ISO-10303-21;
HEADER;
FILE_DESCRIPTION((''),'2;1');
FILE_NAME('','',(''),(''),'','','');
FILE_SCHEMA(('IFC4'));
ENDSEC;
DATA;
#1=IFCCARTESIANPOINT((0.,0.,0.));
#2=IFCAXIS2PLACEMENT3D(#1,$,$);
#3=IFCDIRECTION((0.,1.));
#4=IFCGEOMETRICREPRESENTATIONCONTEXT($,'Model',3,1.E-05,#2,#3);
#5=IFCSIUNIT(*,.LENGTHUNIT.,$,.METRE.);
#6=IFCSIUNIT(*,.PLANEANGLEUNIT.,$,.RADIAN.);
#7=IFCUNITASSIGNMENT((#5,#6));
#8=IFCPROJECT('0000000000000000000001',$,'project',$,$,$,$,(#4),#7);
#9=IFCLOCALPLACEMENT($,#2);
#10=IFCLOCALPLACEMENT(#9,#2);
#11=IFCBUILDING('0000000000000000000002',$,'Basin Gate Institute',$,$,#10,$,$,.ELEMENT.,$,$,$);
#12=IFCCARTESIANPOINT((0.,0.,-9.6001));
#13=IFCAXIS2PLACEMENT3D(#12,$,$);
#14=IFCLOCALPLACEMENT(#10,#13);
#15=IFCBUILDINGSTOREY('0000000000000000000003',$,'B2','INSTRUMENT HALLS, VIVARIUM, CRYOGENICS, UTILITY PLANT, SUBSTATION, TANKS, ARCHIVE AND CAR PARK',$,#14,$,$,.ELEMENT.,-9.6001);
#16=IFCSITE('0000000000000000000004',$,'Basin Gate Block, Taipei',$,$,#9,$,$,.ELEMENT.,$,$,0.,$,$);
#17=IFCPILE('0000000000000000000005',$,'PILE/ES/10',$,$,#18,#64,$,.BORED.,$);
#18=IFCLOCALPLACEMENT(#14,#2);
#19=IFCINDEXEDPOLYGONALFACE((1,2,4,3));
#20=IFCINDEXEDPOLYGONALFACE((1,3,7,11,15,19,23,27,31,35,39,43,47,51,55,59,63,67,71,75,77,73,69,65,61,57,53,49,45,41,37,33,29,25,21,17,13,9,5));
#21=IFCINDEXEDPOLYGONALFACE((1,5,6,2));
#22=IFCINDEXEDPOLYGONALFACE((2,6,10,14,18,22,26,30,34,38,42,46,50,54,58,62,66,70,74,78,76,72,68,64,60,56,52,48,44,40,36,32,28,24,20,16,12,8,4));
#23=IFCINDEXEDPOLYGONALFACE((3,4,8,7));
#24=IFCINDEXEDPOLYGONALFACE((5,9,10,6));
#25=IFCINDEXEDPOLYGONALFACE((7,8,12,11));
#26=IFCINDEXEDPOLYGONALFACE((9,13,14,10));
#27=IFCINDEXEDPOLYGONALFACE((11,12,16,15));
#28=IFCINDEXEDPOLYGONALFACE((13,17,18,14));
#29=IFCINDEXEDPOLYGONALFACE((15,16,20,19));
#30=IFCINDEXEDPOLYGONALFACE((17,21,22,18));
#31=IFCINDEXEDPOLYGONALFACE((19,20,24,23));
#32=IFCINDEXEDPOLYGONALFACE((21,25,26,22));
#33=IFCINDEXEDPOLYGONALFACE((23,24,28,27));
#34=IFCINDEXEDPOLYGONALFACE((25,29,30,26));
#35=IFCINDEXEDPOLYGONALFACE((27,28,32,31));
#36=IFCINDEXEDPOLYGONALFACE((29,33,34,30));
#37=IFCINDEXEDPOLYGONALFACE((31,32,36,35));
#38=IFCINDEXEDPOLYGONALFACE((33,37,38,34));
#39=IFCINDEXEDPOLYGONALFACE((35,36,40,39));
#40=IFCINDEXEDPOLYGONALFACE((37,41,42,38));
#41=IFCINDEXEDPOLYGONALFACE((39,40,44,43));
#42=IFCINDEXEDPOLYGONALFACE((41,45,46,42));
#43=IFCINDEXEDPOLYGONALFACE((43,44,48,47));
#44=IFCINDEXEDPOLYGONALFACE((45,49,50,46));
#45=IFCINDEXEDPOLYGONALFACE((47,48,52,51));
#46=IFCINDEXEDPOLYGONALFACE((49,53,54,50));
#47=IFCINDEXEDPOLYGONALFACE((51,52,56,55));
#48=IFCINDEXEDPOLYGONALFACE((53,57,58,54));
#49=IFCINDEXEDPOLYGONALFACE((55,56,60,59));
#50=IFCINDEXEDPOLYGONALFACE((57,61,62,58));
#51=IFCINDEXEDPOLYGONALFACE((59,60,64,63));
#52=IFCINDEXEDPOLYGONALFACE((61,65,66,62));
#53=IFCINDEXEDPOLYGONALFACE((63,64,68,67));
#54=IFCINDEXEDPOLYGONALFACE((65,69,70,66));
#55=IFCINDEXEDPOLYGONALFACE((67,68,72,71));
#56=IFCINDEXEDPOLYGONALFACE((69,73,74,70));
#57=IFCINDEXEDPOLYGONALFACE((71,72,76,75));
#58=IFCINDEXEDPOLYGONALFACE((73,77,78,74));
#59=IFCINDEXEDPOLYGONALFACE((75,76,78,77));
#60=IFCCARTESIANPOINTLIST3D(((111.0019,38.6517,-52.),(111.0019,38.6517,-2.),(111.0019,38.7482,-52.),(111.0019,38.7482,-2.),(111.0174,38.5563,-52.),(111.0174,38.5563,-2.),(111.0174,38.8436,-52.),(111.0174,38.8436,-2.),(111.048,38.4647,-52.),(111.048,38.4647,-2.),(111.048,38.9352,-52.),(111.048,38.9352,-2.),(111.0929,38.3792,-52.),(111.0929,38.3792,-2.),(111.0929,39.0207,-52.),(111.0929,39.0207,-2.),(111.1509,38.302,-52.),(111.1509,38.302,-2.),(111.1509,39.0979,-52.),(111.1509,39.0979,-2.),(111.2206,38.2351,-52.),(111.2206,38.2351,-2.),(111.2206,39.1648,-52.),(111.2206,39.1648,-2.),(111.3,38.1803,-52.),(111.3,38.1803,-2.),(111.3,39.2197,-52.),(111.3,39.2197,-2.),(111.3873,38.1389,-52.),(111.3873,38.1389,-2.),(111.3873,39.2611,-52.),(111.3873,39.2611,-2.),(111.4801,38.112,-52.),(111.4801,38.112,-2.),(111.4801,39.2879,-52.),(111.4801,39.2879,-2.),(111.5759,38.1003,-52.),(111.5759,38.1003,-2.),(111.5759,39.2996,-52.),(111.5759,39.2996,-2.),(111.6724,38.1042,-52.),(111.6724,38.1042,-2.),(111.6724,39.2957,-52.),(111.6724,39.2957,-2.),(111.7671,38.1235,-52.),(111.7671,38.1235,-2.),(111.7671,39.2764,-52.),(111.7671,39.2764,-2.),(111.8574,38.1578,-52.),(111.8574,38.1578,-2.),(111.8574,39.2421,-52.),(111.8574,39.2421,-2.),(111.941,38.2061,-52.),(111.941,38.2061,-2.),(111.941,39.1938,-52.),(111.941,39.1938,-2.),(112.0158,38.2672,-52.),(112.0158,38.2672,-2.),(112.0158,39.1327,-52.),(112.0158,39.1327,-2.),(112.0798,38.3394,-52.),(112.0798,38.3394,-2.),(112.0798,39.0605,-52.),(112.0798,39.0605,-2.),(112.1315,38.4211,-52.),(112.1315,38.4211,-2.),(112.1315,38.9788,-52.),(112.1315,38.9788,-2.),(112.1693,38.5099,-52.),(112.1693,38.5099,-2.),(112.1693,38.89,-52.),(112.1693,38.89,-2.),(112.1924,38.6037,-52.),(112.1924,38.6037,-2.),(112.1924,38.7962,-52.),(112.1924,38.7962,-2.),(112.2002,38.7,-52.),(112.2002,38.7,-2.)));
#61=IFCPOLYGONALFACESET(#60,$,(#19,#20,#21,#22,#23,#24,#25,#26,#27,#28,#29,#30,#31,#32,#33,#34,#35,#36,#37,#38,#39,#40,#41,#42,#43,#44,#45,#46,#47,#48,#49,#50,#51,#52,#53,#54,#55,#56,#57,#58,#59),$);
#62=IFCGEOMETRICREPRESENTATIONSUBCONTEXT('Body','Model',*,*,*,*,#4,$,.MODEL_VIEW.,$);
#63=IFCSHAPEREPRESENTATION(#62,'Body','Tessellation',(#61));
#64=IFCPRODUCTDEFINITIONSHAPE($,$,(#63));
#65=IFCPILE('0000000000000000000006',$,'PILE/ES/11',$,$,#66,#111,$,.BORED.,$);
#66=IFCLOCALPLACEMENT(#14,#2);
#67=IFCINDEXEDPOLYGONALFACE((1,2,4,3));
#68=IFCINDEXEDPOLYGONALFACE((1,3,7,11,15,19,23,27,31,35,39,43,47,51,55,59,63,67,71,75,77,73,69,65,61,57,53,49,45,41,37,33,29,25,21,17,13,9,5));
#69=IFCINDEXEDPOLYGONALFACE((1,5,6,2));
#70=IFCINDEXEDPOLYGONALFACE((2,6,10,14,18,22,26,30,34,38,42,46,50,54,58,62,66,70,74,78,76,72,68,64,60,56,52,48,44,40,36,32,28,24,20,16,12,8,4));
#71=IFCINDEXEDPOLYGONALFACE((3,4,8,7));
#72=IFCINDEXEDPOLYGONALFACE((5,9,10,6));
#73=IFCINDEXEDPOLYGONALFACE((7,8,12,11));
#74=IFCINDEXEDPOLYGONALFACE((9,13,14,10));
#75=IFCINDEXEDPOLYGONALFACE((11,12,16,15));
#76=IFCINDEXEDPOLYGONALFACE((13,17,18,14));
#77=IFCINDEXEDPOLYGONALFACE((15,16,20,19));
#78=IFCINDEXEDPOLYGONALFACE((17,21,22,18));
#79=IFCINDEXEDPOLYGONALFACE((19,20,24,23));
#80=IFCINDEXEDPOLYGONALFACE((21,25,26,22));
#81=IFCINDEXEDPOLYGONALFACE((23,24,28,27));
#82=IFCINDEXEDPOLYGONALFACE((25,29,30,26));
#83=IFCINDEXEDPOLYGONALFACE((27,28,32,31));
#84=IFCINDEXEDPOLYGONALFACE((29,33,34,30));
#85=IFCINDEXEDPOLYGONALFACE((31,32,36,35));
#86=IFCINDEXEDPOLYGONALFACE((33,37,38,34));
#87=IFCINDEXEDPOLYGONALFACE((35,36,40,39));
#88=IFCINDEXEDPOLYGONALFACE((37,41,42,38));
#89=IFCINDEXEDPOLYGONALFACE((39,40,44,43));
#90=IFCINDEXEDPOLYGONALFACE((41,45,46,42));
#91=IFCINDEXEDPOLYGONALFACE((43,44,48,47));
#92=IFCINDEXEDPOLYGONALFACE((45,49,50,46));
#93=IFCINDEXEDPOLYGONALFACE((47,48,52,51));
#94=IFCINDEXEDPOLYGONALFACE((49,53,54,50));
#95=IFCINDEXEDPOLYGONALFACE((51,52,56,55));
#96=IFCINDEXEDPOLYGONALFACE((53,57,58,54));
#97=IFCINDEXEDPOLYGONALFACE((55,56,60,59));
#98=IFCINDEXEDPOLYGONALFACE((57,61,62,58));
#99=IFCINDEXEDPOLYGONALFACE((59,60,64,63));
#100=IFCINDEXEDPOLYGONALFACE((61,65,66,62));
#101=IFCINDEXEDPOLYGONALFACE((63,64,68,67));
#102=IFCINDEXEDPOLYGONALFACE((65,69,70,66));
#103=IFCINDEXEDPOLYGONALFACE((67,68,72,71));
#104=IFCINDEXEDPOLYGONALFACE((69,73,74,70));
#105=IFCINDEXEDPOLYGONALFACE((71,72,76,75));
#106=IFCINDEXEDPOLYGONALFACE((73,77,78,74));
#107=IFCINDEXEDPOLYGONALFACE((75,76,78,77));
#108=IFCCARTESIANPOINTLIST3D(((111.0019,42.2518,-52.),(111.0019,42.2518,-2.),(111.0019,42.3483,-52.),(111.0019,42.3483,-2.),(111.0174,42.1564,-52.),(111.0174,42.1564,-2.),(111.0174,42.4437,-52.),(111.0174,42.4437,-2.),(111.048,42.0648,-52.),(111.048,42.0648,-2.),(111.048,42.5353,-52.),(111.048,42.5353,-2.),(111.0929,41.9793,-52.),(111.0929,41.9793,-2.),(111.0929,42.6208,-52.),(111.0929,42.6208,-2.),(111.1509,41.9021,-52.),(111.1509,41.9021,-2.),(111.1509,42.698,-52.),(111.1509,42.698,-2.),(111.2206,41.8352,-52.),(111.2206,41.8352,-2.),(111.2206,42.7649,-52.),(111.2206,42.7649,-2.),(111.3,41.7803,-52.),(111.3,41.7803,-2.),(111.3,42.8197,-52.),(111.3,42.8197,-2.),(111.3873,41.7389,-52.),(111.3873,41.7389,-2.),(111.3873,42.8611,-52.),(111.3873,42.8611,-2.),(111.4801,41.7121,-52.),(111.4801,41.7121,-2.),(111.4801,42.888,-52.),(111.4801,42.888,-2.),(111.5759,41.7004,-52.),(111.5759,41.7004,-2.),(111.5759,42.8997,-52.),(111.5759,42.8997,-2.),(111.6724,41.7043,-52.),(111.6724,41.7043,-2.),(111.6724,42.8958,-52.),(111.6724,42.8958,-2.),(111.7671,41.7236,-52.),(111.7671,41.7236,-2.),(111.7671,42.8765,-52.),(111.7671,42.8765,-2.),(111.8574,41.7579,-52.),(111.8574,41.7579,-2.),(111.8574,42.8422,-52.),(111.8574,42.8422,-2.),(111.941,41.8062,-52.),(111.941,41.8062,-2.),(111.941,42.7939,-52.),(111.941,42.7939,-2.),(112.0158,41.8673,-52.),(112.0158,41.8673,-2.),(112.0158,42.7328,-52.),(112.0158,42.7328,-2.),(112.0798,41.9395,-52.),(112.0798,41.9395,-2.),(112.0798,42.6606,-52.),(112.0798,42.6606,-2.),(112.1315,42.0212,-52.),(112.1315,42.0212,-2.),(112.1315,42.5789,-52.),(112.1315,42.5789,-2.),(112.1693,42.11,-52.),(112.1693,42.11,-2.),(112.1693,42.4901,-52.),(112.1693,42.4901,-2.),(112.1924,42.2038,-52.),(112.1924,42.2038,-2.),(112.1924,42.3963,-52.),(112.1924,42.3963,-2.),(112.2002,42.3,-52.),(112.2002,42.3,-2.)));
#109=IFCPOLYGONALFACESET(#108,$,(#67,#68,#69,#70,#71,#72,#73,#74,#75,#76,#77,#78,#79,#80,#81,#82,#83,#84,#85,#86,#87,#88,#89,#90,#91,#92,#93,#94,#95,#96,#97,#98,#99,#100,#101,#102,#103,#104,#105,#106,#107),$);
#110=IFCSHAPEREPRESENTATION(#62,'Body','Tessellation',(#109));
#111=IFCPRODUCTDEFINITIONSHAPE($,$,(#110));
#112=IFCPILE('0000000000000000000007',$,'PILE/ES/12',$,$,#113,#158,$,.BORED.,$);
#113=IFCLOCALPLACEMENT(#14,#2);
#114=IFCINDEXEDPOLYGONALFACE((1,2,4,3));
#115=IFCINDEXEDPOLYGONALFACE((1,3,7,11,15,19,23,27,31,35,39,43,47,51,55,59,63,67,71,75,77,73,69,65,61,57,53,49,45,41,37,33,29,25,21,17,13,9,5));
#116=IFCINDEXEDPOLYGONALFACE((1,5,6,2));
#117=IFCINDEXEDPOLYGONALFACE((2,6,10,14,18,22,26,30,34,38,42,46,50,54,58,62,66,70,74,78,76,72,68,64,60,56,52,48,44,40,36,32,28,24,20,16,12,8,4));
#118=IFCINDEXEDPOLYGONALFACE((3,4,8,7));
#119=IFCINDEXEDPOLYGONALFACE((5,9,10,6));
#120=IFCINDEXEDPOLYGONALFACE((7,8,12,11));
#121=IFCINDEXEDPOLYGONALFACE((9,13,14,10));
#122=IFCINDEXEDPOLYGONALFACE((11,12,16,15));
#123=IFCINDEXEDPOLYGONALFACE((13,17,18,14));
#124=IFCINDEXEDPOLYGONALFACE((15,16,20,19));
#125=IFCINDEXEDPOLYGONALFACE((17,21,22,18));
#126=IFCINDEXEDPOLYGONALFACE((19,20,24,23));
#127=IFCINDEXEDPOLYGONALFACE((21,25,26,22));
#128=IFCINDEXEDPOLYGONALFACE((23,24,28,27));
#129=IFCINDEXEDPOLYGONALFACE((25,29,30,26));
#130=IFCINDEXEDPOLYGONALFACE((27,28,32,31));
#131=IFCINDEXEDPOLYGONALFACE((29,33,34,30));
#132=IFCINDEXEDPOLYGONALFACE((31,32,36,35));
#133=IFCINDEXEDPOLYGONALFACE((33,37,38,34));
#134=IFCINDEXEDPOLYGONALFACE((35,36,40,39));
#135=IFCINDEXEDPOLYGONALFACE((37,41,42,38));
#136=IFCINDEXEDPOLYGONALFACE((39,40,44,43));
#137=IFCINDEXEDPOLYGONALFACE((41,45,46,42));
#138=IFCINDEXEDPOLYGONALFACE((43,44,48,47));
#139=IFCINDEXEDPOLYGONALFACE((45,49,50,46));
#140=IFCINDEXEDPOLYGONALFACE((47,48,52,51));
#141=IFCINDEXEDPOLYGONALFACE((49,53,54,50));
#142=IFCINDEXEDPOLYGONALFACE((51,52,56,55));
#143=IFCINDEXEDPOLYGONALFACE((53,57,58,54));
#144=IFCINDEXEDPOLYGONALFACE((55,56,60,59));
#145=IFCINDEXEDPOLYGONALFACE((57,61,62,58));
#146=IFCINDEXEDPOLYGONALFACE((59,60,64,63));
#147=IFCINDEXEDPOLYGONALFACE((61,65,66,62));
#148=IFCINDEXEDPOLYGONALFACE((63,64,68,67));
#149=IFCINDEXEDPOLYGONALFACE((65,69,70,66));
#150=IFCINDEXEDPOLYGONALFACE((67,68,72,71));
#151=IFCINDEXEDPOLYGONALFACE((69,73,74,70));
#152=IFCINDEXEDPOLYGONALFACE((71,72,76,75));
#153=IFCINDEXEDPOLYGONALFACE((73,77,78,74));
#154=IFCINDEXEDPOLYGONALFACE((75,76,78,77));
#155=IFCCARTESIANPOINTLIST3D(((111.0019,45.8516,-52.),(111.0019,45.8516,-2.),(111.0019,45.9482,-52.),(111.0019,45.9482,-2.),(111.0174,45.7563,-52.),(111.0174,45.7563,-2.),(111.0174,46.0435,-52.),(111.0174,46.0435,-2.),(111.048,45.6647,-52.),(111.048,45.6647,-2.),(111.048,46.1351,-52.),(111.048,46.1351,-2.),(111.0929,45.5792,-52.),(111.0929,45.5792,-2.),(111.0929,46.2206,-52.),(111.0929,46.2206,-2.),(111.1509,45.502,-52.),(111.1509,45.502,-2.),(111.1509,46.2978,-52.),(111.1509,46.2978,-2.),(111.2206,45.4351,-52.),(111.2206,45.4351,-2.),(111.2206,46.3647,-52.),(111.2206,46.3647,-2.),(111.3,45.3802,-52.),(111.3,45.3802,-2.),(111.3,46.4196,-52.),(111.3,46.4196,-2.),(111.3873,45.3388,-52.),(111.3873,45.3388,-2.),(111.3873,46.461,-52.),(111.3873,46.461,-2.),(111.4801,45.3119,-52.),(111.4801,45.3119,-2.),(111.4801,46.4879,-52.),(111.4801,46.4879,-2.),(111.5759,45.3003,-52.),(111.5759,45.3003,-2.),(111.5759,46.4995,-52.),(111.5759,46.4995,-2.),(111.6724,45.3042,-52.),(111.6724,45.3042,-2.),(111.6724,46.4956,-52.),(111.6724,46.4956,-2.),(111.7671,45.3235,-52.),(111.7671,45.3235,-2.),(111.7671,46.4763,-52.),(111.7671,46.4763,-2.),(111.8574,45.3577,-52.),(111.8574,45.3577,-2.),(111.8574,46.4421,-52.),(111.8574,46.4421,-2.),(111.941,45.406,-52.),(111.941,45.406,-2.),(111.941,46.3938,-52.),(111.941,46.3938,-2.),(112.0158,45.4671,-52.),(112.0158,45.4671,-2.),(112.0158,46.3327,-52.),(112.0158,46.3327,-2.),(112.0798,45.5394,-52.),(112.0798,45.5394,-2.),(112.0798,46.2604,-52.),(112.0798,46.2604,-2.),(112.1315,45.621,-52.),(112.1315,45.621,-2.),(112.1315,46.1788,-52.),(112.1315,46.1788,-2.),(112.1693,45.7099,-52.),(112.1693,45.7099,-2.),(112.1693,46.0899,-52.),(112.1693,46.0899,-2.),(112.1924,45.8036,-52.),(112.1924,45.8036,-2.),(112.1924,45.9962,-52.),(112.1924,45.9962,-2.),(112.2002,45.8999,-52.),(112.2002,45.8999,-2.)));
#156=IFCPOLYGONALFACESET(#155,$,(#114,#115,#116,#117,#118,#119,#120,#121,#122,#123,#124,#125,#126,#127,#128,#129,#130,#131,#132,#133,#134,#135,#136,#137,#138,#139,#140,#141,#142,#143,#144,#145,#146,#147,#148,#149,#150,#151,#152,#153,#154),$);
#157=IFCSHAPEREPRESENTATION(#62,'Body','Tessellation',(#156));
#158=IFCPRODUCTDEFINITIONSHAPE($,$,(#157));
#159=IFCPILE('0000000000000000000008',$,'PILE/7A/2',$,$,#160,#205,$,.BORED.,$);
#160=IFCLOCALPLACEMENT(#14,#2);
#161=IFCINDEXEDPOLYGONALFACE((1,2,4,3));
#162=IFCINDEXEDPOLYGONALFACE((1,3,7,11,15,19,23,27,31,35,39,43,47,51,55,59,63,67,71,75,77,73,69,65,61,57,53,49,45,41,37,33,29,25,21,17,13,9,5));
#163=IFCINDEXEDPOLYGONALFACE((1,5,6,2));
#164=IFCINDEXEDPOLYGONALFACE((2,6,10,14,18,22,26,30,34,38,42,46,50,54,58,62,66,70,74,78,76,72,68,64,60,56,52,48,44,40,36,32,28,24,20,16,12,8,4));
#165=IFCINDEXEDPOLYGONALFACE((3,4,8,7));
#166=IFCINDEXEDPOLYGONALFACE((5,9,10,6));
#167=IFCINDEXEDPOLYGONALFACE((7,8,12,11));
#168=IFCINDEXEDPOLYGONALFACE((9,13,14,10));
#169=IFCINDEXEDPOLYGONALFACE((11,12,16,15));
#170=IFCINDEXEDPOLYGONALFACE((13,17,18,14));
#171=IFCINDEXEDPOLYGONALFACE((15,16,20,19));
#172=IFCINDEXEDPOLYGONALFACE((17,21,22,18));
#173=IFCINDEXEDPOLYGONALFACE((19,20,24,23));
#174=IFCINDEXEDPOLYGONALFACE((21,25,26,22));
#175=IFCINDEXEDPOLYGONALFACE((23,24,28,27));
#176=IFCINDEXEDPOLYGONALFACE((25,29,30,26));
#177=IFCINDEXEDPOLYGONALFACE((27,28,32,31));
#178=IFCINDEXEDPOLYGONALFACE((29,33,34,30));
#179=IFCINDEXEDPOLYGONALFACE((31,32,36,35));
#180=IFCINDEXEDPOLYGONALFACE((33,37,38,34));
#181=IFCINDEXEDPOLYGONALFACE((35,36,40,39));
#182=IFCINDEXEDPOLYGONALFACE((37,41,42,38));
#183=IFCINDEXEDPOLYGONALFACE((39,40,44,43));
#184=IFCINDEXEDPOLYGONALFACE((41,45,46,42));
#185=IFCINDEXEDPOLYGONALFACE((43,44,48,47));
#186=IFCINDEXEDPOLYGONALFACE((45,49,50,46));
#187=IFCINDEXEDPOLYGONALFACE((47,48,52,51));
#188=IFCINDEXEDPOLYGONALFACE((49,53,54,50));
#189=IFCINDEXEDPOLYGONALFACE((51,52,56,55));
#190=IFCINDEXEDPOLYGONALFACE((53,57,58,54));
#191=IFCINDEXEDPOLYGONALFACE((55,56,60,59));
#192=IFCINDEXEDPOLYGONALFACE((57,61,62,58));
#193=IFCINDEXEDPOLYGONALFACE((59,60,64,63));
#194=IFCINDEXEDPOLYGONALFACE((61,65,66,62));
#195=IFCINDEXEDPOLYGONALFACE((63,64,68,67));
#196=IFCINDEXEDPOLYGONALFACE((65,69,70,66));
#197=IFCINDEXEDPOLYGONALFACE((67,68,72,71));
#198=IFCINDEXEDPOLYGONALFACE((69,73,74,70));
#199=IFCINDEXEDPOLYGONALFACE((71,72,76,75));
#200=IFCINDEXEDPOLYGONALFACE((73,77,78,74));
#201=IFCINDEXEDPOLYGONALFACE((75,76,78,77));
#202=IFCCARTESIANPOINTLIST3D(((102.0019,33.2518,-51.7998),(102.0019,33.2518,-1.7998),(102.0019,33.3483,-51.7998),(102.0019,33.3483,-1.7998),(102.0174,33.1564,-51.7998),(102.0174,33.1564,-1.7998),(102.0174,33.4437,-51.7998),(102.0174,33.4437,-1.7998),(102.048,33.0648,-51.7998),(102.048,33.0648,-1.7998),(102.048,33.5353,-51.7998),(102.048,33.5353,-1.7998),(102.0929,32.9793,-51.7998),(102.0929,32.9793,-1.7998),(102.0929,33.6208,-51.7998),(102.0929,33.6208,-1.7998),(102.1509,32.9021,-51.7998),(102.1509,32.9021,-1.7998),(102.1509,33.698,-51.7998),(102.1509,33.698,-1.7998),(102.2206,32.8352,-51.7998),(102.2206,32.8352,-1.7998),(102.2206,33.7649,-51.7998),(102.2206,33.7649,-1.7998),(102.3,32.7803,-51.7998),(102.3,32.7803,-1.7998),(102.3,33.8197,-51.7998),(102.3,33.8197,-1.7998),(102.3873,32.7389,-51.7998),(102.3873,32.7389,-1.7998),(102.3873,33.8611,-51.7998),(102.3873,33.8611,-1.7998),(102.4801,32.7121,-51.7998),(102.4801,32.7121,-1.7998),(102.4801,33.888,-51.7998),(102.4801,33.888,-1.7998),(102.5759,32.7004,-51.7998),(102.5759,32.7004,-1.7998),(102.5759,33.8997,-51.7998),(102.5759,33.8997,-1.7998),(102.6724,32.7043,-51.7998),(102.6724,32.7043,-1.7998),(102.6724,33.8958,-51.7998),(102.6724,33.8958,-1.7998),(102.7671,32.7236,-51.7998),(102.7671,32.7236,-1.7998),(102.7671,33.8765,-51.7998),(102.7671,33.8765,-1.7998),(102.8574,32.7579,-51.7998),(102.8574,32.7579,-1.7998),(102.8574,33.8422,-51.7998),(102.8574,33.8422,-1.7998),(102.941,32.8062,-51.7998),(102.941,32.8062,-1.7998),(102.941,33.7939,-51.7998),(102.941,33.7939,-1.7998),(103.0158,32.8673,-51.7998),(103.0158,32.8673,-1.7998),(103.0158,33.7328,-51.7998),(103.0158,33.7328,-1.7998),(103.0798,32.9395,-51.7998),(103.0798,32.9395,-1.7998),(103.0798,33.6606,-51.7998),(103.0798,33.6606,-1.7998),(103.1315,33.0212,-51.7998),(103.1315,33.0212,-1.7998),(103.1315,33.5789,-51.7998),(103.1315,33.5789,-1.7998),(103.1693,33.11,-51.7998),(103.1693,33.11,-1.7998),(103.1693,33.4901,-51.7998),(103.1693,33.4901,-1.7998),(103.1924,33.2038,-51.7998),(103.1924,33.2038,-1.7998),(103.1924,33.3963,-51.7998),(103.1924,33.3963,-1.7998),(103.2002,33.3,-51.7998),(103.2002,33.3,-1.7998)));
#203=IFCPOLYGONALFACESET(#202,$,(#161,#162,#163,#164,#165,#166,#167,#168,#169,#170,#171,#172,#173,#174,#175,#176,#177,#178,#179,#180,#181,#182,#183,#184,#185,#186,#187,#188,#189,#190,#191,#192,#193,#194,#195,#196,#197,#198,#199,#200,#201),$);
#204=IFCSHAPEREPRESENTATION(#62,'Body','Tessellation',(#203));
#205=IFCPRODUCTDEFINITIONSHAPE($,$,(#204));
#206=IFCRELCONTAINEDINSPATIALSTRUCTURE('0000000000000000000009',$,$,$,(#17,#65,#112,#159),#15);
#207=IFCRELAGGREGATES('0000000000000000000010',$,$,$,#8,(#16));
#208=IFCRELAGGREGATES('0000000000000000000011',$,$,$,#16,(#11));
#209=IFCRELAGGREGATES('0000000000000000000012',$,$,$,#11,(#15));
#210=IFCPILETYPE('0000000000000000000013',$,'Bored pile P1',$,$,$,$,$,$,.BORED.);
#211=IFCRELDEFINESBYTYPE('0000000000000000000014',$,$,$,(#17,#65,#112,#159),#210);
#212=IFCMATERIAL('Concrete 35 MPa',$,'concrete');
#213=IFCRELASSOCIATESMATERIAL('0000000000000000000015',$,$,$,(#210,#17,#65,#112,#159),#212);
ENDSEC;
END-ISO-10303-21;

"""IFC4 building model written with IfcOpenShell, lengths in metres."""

from ifc_helpers import new_model, si_unit, direction, frame, origin, origin_2d, place, context, subcontext, project, spatial, circle, extrude, material, material_profile, profile_set, type_object, element, save


model = new_model("IFC4")

# Units and contexts
model_context = context("Model", 3, precision=1e-05, world=origin(), true_north=direction((0.0, 1.0)))
body_context = subcontext(model_context, "Body", "Model", "MODEL_VIEW")
ifc_project = project(units=[si_unit("LENGTHUNIT", "METRE"), si_unit("PLANEANGLEUNIT", "RADIAN")], contexts=[model_context])

# Site, building, storey
site_placement = place(None, origin())
site = spatial("IfcSite", under=ifc_project, at=site_placement, Name="Basin Gate Block, Taipei", CompositionType="ELEMENT", RefElevation=0.0)
building_placement = place(site_placement, origin())
building = spatial("IfcBuilding", under=site, at=building_placement, Name="Basin Gate Institute", CompositionType="ELEMENT")
storey_placement = place(building_placement, frame((0.0, 0.0, -9.6001)))
storey = spatial("IfcBuildingStorey", under=building, at=storey_placement, Name="B2", Description="INSTRUMENT HALLS, VIVARIUM, CRYOGENICS, UTILITY PLANT, SUBSTATION, TANKS, ARCHIVE AND CAR PARK", CompositionType="ELEMENT", Elevation=-9.6001)

# Piles
ifc_material_1 = material(Name="Concrete 35 MPa", Category="concrete")
ifc_material_profile_1 = material_profile(ifc_material_1, circle(Radius=0.6001, at=origin_2d()), Name="Bored pile P1 1200 dia")
ifc_profile_set_1 = profile_set([ifc_material_profile_1], Name="Concrete 35 MPa")
pile_type = type_object("IfcPileType", Name="Bored pile P1", PredefinedType="BORED", material=ifc_profile_set_1)
for number, where, z_axis, x_axis, name in (
    (1, (111.6001, 38.7, -2.0), (0.0, 0.0, -1.0), (1.0, 0.0, 0.0), "PILE/ES/10"),
    (2, (111.6001, 42.3, -2.0), (0.0, 0.0, -1.0), (1.0, 0.0, 0.0), "PILE/ES/11"),
    (3, (111.6001, 45.8999, -2.0), (0.0, 0.0, -1.0), (1.0, 0.0, 0.0), "PILE/ES/12"),
    (4, (102.6001, 33.3, -1.7998), (0.0, 0.0, -1.0), (1.0, 0.0, 0.0), "PILE/7A/2"),
):
    element("IfcPile", number, at=place(storey_placement, frame(where, z_axis=z_axis, x_axis=x_axis)), inside=storey, type_object=pile_type, material=ifc_profile_set_1, Name=name, PredefinedType="BORED", context=body_context, shape_type="SweptSolid", body=[
        extrude(circle(Radius=0.6001, at=origin_2d()), origin(), (0.0, 0.0, 1.0), 50.0),
    ])

save(model, "model.ifc")
